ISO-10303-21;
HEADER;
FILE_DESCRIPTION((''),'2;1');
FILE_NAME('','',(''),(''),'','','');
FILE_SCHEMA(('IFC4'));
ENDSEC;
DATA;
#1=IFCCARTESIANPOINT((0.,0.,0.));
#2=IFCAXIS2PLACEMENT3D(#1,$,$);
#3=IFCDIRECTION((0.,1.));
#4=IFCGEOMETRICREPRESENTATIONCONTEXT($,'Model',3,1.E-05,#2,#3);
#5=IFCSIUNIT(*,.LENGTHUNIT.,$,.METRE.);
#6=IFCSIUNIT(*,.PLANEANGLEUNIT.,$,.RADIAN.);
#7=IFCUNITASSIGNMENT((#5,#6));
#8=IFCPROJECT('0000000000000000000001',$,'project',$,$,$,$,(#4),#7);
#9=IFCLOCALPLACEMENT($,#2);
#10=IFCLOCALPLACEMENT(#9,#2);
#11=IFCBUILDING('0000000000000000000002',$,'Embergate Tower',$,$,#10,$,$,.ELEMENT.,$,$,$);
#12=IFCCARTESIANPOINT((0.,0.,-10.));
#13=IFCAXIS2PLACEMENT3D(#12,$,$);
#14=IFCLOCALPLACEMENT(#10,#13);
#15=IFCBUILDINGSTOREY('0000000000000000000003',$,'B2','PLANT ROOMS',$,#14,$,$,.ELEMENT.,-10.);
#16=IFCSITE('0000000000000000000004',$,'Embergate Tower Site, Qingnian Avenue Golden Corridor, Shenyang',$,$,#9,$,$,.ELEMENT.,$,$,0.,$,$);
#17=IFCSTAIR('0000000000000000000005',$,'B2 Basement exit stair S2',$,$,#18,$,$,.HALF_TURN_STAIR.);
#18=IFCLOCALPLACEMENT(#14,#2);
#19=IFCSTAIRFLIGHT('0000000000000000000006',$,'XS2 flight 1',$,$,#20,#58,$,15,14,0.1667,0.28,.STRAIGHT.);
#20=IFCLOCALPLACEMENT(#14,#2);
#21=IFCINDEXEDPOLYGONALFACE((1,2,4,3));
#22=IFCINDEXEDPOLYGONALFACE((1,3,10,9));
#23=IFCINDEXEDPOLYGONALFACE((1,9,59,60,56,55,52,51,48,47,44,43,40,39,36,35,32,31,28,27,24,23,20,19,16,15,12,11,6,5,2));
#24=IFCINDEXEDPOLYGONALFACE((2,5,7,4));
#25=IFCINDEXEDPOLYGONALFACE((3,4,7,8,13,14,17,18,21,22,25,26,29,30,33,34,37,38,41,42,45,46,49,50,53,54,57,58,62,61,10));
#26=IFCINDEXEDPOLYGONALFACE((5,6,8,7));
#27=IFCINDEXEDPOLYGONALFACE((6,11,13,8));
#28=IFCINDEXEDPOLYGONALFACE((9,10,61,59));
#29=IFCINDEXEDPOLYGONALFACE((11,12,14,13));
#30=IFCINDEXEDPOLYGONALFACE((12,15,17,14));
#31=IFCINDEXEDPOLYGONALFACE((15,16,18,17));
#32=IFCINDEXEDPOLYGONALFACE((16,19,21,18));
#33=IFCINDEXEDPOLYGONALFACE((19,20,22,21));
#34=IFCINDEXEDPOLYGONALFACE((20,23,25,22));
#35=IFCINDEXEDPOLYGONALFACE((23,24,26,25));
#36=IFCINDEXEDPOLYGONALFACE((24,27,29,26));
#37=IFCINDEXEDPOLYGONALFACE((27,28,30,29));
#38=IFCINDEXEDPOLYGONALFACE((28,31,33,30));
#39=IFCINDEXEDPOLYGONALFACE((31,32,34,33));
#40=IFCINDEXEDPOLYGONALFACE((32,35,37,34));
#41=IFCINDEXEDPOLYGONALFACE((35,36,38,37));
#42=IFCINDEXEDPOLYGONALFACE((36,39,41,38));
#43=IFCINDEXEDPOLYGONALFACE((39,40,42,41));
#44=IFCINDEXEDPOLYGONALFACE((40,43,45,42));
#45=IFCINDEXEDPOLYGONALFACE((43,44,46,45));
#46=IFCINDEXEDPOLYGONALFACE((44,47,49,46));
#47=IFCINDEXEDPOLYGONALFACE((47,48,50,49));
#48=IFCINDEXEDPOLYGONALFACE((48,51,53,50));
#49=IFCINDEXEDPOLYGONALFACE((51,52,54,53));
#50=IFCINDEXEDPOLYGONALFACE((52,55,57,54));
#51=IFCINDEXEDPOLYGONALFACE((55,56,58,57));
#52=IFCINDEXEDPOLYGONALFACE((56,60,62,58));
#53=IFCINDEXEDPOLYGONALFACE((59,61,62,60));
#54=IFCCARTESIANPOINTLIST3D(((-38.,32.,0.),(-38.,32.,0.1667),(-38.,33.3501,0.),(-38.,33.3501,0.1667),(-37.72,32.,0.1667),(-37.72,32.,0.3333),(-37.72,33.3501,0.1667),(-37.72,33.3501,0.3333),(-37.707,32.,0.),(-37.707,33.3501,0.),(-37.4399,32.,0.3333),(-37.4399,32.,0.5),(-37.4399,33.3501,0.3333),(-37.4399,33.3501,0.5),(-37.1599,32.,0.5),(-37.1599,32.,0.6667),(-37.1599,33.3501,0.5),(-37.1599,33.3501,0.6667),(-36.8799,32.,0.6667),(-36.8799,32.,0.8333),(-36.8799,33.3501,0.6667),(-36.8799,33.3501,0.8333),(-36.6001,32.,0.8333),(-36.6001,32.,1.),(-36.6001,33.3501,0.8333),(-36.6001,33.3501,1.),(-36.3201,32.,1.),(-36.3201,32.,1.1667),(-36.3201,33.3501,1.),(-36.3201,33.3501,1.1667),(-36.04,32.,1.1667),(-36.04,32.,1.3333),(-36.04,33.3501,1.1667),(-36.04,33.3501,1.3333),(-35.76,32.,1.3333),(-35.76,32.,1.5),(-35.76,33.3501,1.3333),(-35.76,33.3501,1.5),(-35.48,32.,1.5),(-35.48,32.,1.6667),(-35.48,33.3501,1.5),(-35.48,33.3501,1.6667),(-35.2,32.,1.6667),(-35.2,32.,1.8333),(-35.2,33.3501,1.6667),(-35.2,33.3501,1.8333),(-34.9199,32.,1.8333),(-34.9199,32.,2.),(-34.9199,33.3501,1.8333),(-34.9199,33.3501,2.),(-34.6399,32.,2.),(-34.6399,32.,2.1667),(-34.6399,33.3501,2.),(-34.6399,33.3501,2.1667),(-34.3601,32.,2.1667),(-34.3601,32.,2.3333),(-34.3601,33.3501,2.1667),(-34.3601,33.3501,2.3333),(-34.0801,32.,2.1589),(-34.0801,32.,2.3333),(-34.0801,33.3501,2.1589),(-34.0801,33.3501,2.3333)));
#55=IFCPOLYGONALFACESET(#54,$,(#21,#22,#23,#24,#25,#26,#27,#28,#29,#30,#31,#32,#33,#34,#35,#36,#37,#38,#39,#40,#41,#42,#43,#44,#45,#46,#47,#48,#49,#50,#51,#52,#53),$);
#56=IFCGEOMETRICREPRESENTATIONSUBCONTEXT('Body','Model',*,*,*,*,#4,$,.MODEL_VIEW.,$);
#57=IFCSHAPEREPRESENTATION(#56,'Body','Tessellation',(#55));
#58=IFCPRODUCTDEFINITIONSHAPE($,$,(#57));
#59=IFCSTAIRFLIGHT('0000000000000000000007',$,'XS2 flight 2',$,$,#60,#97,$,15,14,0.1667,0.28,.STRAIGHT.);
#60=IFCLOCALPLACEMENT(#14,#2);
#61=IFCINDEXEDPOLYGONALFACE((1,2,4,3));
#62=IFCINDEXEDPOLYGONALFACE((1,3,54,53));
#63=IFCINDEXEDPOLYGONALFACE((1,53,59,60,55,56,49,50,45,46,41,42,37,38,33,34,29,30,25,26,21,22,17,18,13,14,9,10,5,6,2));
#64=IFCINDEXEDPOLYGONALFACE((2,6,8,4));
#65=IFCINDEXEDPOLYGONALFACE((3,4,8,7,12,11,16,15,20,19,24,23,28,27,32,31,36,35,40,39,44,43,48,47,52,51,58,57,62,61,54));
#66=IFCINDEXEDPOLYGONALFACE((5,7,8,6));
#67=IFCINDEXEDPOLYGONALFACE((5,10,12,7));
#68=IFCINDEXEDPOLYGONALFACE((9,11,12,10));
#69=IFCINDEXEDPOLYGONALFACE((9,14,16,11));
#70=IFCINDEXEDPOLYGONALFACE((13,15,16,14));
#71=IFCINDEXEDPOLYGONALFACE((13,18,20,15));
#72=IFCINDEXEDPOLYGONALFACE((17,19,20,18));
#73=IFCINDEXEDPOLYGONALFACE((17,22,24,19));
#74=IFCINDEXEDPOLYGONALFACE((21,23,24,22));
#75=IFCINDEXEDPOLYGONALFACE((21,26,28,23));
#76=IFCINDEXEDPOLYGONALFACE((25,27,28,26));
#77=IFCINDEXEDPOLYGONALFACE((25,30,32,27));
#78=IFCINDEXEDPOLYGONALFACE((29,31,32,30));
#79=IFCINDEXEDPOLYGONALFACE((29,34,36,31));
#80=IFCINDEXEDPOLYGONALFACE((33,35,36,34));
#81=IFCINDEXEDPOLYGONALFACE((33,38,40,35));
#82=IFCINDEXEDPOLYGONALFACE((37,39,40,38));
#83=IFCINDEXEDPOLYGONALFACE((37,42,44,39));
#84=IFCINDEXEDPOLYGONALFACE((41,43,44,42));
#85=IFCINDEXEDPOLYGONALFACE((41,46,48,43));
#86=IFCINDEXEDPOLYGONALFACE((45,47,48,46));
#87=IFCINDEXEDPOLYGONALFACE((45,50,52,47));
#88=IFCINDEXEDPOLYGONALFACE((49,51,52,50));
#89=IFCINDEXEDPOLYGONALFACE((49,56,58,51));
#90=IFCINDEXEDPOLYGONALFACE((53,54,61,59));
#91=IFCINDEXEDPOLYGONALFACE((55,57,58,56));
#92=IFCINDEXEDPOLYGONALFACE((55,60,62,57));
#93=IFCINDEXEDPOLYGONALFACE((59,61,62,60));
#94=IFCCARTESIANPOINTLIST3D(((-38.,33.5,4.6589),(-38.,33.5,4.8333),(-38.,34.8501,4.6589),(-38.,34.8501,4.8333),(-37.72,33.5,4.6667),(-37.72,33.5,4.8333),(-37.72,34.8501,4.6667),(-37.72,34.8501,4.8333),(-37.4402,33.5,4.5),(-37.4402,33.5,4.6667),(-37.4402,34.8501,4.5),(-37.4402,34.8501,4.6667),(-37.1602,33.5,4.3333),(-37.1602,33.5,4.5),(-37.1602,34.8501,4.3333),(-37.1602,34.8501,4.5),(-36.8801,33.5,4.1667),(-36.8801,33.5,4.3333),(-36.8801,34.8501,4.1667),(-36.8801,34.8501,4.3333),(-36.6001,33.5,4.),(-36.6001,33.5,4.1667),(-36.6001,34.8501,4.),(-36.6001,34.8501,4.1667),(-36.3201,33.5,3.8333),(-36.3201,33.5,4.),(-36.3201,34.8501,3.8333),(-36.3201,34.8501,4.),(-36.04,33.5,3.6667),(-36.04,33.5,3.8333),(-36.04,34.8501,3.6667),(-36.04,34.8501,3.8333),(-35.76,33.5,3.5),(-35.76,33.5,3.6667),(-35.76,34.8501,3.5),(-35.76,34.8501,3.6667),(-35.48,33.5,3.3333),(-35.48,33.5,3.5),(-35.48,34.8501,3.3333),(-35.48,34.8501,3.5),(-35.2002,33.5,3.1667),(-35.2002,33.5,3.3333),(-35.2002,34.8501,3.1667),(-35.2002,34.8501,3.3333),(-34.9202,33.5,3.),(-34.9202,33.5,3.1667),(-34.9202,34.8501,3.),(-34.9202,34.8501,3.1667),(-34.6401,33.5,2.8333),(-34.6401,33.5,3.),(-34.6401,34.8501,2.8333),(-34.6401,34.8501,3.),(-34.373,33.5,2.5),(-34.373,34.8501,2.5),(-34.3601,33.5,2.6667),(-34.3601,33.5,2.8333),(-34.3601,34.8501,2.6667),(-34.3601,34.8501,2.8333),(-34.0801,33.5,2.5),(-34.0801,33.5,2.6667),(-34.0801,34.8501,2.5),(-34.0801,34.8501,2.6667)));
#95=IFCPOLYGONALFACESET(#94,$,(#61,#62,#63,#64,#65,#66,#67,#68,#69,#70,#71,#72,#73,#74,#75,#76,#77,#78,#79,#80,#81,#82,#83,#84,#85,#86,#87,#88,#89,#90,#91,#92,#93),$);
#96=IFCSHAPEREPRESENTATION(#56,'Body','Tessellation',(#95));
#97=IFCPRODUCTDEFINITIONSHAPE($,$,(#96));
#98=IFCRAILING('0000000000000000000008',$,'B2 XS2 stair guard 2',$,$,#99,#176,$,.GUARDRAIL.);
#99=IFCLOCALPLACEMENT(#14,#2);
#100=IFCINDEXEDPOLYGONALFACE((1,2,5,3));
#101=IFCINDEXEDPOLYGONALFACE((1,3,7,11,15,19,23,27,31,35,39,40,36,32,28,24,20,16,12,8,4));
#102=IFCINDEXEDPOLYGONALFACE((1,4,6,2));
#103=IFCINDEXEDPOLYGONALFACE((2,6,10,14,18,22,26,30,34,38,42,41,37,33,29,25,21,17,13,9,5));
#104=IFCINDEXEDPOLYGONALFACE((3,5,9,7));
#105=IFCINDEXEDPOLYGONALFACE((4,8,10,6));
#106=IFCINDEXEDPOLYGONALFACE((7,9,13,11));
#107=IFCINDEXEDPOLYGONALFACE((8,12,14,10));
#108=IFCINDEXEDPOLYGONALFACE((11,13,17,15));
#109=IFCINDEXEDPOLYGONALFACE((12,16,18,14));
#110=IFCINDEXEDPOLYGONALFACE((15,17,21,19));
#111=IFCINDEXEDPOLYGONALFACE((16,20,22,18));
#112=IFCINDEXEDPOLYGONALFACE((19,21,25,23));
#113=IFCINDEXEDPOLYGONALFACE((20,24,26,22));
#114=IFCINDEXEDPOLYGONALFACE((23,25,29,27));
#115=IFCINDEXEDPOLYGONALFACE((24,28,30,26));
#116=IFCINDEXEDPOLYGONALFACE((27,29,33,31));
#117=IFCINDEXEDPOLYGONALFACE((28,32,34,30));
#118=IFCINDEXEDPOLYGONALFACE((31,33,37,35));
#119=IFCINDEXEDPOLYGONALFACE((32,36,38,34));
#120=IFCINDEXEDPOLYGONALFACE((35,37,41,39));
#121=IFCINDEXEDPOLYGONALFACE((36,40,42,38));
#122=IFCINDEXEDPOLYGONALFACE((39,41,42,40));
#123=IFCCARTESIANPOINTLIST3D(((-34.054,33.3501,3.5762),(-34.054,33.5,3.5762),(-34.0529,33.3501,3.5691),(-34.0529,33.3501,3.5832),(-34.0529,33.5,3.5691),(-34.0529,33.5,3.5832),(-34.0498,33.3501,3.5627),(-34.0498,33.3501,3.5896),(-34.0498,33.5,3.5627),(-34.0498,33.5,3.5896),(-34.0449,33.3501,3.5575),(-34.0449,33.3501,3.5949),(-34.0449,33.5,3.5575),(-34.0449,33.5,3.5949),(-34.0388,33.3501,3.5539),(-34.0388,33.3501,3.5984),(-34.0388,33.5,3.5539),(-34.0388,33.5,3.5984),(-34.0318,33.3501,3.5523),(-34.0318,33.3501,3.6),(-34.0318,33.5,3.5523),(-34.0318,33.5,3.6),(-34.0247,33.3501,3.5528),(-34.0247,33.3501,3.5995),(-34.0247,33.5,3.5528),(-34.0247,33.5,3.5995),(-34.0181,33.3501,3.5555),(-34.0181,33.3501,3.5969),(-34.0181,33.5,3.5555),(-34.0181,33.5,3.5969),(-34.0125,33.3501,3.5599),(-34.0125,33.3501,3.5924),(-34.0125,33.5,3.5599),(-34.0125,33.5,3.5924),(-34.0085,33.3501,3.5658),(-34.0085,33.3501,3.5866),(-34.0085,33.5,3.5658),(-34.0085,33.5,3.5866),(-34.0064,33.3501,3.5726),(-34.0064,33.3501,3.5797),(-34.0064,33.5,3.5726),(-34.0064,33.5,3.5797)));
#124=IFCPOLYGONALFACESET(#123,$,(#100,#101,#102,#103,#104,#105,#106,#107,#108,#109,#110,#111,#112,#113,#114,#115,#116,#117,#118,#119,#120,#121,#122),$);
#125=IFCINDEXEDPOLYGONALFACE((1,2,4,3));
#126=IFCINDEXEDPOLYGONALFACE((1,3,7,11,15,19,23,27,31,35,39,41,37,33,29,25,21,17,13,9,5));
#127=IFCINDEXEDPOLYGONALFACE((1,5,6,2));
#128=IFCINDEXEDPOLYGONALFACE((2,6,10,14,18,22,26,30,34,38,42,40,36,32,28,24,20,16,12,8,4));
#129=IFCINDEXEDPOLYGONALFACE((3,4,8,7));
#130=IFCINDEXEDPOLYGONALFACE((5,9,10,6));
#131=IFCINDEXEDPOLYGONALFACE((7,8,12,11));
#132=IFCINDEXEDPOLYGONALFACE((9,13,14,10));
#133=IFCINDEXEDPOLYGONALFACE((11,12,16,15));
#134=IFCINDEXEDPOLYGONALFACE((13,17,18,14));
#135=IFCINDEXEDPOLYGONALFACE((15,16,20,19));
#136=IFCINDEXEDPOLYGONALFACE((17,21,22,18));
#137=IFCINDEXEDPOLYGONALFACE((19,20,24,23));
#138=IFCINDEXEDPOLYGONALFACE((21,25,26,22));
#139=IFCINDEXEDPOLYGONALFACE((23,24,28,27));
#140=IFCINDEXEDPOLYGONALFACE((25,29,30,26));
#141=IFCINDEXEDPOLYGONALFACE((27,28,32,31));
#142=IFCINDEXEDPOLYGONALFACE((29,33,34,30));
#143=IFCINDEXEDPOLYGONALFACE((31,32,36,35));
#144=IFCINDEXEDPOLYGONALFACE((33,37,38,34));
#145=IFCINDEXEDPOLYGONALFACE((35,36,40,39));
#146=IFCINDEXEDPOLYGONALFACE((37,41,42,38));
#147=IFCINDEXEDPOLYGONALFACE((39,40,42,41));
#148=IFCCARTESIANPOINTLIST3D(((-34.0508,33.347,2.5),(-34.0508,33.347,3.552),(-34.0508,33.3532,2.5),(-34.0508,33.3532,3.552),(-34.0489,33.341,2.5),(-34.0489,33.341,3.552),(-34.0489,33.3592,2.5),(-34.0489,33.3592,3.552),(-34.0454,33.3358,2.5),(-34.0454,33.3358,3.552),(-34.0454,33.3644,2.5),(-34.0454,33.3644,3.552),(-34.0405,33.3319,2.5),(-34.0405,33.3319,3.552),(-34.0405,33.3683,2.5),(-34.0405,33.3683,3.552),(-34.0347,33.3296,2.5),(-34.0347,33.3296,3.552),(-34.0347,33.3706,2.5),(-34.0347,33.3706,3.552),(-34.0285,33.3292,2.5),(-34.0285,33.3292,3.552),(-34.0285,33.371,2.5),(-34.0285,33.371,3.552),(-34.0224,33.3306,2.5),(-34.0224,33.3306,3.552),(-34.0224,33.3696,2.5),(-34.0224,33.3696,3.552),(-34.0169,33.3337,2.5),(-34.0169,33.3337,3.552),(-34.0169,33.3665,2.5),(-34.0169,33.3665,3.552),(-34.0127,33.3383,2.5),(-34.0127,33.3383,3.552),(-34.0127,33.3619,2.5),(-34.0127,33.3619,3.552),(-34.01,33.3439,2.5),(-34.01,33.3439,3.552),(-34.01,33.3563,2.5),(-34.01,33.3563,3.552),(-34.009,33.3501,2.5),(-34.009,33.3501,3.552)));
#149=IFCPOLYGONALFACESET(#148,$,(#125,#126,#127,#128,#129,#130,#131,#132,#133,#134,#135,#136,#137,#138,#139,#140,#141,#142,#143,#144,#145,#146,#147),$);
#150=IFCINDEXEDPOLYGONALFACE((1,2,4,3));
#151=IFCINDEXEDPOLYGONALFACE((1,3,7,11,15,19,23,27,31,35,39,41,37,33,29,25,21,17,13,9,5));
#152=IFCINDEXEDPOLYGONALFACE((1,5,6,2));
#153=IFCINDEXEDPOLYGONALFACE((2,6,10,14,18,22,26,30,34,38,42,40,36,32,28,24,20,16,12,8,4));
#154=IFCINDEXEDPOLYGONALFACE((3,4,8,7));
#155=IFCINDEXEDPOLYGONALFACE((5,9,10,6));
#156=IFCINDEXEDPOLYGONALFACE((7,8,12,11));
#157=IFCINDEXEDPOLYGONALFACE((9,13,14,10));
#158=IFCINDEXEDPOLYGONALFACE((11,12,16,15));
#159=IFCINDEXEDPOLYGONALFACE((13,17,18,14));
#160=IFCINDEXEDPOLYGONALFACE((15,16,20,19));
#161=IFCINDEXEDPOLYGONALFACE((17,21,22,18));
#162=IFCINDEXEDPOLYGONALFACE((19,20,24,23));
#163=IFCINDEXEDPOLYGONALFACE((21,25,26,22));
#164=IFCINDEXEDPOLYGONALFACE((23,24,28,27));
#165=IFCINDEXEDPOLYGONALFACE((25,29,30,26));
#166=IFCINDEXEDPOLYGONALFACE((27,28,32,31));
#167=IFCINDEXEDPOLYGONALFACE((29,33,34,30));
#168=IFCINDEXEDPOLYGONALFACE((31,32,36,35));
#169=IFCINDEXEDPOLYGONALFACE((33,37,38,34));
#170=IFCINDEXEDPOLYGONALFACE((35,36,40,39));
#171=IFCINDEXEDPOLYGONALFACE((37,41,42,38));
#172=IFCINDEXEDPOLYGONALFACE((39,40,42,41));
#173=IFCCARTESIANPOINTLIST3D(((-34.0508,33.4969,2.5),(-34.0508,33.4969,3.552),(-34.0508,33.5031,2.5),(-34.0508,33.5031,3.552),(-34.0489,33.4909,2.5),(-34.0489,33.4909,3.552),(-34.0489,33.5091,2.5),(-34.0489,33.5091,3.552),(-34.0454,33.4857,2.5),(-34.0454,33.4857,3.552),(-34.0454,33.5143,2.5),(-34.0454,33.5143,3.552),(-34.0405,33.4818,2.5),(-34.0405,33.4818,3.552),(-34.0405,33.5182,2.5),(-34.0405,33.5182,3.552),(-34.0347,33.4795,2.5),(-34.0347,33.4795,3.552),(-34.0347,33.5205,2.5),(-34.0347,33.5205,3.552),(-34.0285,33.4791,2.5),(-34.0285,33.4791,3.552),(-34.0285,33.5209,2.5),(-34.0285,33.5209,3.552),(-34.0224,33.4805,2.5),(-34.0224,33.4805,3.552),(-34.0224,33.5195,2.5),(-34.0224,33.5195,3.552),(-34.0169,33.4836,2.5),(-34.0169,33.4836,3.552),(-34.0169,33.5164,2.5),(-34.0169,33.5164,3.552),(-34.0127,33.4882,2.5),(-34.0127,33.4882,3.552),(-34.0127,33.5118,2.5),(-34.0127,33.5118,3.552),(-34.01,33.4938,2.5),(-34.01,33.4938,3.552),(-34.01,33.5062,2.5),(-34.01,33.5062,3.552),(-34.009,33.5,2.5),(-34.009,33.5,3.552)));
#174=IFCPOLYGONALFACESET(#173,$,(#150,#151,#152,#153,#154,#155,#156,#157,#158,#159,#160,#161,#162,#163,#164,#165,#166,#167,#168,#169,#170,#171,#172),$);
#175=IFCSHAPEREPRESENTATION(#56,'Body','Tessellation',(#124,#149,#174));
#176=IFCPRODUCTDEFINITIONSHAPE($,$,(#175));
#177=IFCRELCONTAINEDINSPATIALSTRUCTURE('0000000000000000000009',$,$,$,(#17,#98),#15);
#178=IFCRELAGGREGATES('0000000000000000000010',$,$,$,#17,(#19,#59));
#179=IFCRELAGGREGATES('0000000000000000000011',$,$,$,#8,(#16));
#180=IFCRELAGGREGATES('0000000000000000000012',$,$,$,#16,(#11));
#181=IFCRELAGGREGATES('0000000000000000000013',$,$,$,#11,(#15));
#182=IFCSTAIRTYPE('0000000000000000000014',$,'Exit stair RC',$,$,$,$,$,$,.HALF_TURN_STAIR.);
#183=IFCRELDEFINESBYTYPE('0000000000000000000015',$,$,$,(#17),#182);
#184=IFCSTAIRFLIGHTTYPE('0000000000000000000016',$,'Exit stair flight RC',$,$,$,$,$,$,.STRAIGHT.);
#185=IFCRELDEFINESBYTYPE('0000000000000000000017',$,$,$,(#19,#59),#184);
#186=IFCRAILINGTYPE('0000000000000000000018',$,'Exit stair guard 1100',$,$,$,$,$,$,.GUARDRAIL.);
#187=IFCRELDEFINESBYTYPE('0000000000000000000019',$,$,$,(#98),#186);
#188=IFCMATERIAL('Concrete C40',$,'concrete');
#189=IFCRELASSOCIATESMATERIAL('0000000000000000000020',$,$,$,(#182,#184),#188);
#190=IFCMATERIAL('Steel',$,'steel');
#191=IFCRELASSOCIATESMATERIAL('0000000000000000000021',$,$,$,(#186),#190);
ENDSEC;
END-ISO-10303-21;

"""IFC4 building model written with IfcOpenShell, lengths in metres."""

from ifc_helpers import new_model, si_unit, direction, frame, origin, origin_2d, place, context, subcontext, project, spatial, polyline, circle, outline, extrude, source, transform, mapped, material, type_object, element, aggregate, save


model = new_model("IFC4")

# Units and contexts
model_context = context("Model", 3, precision=1e-05, world=origin(), true_north=direction((0.0, 1.0)))
body_context = subcontext(model_context, "Body", "Model", "MODEL_VIEW")
ifc_project = project(units=[si_unit("LENGTHUNIT", "METRE"), si_unit("PLANEANGLEUNIT", "RADIAN")], contexts=[model_context])

# Site, building, storey
site_placement = place(None, origin())
site = spatial("IfcSite", under=ifc_project, at=site_placement, Name="Embergate Tower Site, Qingnian Avenue Golden Corridor, Shenyang", CompositionType="ELEMENT", RefElevation=0.0)
building_placement = place(site_placement, origin())
building = spatial("IfcBuilding", under=site, at=building_placement, Name="Embergate Tower", CompositionType="ELEMENT")
storey_placement = place(building_placement, frame((0.0, 0.0, -10.0)))
storey = spatial("IfcBuildingStorey", under=building, at=storey_placement, Name="B2", Description="PLANT ROOMS", CompositionType="ELEMENT", Elevation=-10.0)

# Shared definitions
ifc_material_1 = material(Name="Concrete C40", Category="concrete")

# Stair
stair_type = type_object("IfcStairType", Name="Exit stair RC", PredefinedType="HALF_TURN_STAIR", material=ifc_material_1)
stair_placement = place(storey_placement, origin())
stair = element("IfcStair", 1, at=stair_placement, inside=storey, type_object=stair_type, Name="B2 Basement exit stair S2", PredefinedType="HALF_TURN_STAIR")

# Stair flights
stair_flight_type = type_object("IfcStairFlightType", Name="Exit stair flight RC", PredefinedType="STRAIGHT", material=ifc_material_1)
shared_shape_1 = source(origin(), body_context, "Body", "SweptSolid", [
    extrude(outline(polyline([(0.0, 0.0), (0.0, 0.1667), (0.28, 0.1667), (0.28, 0.3333), (0.5601, 0.3333), (0.5601, 0.5), (0.8401, 0.5), (0.8401, 0.6667), (1.1201, 0.6667), (1.1201, 0.8333), (1.3999, 0.8333), (1.3999, 1.0), (1.6799, 1.0), (1.6799, 1.1667), (1.96, 1.1667), (1.96, 1.3333), (2.24, 1.3333), (2.24, 1.5), (2.52, 1.5), (2.52, 1.6667), (2.8, 1.6667), (2.8, 1.8333), (3.0801, 1.8333), (3.0801, 2.0), (3.3601, 2.0), (3.3601, 2.1667), (3.6399, 2.1667), (3.6399, 2.3333), (3.9199, 2.3333), (3.9199, 2.5), (3.9199, 2.1589), (0.293, 0.0), (0.0, 0.0)])), frame((0.0, 0.675, 0.0), z_axis=(0.0, -1.0, 0.0), x_axis=(1.0, 0.0, 0.0)), (0.0, 0.0, 1.0), 1.3501),
])
stair_flight_1_placement = place(storey_placement, frame((-38.0, 32.675, 0.0), z_axis=(0.0, 0.0, 1.0), x_axis=(1.0, 0.0, 0.0)))
stair_flight_1 = element("IfcStairFlight", 2, at=stair_flight_1_placement, type_object=stair_flight_type, Name="XS2 flight 1", NumberOfRisers=15, NumberOfTreads=14, PredefinedType="STRAIGHT", RiserHeight=0.1667, TreadLength=0.28, context=body_context, shape_type="MappedRepresentation", body=[
    mapped(shared_shape_1, transform((0.0, 0.0, 0.0))),
])
stair_flight_2_placement = place(storey_placement, frame((-34.0801, 34.175, 2.5), z_axis=(0.0, 0.0, 1.0), x_axis=(-1.0, 0.0, 0.0)))
stair_flight_2 = element("IfcStairFlight", 3, at=stair_flight_2_placement, type_object=stair_flight_type, Name="XS2 flight 2", NumberOfRisers=15, NumberOfTreads=14, PredefinedType="STRAIGHT", RiserHeight=0.1667, TreadLength=0.28, context=body_context, shape_type="MappedRepresentation", body=[
    mapped(shared_shape_1, transform((0.0, 0.0, 0.0))),
])
aggregate(stair, [stair_flight_1, stair_flight_2])

# Railing
ifc_material_2 = material(Name="Steel", Category="steel")
railing_type_1 = type_object("IfcRailingType", Name="Exit stair guard 1100", PredefinedType="GUARDRAIL", material=ifc_material_2)
shared_shape_2 = source(origin(), body_context, "Body", "SweptSolid", [
    extrude(circle(Radius=0.0239, at=origin_2d()), frame((0.0, 0.0, 1.0762), z_axis=(0.0, 1.0, 0.0), x_axis=(-1.0, 0.0, 0.0)), (0.0, 0.0, 1.0), 0.1499),
    extrude(circle(Radius=0.021, at=origin_2d()), origin(), (0.0, 0.0, 1.0), 1.052),
    extrude(circle(Radius=0.021, at=origin_2d()), frame((0.0, 0.1499, 0.0)), (0.0, 0.0, 1.0), 1.052),
])
for number, where, name in (
    (4, (-34.03, 33.3501, 2.5), "B2 XS2 stair guard 2"),
):
    element("IfcRailing", number, at=place(storey_placement, frame(where)), inside=storey, type_object=railing_type_1, Name=name, PredefinedType="GUARDRAIL", context=body_context, shape_type="MappedRepresentation", body=[
        mapped(shared_shape_2, transform((0.0, 0.0, 0.0))),
    ])

save(model, "model.ifc")
